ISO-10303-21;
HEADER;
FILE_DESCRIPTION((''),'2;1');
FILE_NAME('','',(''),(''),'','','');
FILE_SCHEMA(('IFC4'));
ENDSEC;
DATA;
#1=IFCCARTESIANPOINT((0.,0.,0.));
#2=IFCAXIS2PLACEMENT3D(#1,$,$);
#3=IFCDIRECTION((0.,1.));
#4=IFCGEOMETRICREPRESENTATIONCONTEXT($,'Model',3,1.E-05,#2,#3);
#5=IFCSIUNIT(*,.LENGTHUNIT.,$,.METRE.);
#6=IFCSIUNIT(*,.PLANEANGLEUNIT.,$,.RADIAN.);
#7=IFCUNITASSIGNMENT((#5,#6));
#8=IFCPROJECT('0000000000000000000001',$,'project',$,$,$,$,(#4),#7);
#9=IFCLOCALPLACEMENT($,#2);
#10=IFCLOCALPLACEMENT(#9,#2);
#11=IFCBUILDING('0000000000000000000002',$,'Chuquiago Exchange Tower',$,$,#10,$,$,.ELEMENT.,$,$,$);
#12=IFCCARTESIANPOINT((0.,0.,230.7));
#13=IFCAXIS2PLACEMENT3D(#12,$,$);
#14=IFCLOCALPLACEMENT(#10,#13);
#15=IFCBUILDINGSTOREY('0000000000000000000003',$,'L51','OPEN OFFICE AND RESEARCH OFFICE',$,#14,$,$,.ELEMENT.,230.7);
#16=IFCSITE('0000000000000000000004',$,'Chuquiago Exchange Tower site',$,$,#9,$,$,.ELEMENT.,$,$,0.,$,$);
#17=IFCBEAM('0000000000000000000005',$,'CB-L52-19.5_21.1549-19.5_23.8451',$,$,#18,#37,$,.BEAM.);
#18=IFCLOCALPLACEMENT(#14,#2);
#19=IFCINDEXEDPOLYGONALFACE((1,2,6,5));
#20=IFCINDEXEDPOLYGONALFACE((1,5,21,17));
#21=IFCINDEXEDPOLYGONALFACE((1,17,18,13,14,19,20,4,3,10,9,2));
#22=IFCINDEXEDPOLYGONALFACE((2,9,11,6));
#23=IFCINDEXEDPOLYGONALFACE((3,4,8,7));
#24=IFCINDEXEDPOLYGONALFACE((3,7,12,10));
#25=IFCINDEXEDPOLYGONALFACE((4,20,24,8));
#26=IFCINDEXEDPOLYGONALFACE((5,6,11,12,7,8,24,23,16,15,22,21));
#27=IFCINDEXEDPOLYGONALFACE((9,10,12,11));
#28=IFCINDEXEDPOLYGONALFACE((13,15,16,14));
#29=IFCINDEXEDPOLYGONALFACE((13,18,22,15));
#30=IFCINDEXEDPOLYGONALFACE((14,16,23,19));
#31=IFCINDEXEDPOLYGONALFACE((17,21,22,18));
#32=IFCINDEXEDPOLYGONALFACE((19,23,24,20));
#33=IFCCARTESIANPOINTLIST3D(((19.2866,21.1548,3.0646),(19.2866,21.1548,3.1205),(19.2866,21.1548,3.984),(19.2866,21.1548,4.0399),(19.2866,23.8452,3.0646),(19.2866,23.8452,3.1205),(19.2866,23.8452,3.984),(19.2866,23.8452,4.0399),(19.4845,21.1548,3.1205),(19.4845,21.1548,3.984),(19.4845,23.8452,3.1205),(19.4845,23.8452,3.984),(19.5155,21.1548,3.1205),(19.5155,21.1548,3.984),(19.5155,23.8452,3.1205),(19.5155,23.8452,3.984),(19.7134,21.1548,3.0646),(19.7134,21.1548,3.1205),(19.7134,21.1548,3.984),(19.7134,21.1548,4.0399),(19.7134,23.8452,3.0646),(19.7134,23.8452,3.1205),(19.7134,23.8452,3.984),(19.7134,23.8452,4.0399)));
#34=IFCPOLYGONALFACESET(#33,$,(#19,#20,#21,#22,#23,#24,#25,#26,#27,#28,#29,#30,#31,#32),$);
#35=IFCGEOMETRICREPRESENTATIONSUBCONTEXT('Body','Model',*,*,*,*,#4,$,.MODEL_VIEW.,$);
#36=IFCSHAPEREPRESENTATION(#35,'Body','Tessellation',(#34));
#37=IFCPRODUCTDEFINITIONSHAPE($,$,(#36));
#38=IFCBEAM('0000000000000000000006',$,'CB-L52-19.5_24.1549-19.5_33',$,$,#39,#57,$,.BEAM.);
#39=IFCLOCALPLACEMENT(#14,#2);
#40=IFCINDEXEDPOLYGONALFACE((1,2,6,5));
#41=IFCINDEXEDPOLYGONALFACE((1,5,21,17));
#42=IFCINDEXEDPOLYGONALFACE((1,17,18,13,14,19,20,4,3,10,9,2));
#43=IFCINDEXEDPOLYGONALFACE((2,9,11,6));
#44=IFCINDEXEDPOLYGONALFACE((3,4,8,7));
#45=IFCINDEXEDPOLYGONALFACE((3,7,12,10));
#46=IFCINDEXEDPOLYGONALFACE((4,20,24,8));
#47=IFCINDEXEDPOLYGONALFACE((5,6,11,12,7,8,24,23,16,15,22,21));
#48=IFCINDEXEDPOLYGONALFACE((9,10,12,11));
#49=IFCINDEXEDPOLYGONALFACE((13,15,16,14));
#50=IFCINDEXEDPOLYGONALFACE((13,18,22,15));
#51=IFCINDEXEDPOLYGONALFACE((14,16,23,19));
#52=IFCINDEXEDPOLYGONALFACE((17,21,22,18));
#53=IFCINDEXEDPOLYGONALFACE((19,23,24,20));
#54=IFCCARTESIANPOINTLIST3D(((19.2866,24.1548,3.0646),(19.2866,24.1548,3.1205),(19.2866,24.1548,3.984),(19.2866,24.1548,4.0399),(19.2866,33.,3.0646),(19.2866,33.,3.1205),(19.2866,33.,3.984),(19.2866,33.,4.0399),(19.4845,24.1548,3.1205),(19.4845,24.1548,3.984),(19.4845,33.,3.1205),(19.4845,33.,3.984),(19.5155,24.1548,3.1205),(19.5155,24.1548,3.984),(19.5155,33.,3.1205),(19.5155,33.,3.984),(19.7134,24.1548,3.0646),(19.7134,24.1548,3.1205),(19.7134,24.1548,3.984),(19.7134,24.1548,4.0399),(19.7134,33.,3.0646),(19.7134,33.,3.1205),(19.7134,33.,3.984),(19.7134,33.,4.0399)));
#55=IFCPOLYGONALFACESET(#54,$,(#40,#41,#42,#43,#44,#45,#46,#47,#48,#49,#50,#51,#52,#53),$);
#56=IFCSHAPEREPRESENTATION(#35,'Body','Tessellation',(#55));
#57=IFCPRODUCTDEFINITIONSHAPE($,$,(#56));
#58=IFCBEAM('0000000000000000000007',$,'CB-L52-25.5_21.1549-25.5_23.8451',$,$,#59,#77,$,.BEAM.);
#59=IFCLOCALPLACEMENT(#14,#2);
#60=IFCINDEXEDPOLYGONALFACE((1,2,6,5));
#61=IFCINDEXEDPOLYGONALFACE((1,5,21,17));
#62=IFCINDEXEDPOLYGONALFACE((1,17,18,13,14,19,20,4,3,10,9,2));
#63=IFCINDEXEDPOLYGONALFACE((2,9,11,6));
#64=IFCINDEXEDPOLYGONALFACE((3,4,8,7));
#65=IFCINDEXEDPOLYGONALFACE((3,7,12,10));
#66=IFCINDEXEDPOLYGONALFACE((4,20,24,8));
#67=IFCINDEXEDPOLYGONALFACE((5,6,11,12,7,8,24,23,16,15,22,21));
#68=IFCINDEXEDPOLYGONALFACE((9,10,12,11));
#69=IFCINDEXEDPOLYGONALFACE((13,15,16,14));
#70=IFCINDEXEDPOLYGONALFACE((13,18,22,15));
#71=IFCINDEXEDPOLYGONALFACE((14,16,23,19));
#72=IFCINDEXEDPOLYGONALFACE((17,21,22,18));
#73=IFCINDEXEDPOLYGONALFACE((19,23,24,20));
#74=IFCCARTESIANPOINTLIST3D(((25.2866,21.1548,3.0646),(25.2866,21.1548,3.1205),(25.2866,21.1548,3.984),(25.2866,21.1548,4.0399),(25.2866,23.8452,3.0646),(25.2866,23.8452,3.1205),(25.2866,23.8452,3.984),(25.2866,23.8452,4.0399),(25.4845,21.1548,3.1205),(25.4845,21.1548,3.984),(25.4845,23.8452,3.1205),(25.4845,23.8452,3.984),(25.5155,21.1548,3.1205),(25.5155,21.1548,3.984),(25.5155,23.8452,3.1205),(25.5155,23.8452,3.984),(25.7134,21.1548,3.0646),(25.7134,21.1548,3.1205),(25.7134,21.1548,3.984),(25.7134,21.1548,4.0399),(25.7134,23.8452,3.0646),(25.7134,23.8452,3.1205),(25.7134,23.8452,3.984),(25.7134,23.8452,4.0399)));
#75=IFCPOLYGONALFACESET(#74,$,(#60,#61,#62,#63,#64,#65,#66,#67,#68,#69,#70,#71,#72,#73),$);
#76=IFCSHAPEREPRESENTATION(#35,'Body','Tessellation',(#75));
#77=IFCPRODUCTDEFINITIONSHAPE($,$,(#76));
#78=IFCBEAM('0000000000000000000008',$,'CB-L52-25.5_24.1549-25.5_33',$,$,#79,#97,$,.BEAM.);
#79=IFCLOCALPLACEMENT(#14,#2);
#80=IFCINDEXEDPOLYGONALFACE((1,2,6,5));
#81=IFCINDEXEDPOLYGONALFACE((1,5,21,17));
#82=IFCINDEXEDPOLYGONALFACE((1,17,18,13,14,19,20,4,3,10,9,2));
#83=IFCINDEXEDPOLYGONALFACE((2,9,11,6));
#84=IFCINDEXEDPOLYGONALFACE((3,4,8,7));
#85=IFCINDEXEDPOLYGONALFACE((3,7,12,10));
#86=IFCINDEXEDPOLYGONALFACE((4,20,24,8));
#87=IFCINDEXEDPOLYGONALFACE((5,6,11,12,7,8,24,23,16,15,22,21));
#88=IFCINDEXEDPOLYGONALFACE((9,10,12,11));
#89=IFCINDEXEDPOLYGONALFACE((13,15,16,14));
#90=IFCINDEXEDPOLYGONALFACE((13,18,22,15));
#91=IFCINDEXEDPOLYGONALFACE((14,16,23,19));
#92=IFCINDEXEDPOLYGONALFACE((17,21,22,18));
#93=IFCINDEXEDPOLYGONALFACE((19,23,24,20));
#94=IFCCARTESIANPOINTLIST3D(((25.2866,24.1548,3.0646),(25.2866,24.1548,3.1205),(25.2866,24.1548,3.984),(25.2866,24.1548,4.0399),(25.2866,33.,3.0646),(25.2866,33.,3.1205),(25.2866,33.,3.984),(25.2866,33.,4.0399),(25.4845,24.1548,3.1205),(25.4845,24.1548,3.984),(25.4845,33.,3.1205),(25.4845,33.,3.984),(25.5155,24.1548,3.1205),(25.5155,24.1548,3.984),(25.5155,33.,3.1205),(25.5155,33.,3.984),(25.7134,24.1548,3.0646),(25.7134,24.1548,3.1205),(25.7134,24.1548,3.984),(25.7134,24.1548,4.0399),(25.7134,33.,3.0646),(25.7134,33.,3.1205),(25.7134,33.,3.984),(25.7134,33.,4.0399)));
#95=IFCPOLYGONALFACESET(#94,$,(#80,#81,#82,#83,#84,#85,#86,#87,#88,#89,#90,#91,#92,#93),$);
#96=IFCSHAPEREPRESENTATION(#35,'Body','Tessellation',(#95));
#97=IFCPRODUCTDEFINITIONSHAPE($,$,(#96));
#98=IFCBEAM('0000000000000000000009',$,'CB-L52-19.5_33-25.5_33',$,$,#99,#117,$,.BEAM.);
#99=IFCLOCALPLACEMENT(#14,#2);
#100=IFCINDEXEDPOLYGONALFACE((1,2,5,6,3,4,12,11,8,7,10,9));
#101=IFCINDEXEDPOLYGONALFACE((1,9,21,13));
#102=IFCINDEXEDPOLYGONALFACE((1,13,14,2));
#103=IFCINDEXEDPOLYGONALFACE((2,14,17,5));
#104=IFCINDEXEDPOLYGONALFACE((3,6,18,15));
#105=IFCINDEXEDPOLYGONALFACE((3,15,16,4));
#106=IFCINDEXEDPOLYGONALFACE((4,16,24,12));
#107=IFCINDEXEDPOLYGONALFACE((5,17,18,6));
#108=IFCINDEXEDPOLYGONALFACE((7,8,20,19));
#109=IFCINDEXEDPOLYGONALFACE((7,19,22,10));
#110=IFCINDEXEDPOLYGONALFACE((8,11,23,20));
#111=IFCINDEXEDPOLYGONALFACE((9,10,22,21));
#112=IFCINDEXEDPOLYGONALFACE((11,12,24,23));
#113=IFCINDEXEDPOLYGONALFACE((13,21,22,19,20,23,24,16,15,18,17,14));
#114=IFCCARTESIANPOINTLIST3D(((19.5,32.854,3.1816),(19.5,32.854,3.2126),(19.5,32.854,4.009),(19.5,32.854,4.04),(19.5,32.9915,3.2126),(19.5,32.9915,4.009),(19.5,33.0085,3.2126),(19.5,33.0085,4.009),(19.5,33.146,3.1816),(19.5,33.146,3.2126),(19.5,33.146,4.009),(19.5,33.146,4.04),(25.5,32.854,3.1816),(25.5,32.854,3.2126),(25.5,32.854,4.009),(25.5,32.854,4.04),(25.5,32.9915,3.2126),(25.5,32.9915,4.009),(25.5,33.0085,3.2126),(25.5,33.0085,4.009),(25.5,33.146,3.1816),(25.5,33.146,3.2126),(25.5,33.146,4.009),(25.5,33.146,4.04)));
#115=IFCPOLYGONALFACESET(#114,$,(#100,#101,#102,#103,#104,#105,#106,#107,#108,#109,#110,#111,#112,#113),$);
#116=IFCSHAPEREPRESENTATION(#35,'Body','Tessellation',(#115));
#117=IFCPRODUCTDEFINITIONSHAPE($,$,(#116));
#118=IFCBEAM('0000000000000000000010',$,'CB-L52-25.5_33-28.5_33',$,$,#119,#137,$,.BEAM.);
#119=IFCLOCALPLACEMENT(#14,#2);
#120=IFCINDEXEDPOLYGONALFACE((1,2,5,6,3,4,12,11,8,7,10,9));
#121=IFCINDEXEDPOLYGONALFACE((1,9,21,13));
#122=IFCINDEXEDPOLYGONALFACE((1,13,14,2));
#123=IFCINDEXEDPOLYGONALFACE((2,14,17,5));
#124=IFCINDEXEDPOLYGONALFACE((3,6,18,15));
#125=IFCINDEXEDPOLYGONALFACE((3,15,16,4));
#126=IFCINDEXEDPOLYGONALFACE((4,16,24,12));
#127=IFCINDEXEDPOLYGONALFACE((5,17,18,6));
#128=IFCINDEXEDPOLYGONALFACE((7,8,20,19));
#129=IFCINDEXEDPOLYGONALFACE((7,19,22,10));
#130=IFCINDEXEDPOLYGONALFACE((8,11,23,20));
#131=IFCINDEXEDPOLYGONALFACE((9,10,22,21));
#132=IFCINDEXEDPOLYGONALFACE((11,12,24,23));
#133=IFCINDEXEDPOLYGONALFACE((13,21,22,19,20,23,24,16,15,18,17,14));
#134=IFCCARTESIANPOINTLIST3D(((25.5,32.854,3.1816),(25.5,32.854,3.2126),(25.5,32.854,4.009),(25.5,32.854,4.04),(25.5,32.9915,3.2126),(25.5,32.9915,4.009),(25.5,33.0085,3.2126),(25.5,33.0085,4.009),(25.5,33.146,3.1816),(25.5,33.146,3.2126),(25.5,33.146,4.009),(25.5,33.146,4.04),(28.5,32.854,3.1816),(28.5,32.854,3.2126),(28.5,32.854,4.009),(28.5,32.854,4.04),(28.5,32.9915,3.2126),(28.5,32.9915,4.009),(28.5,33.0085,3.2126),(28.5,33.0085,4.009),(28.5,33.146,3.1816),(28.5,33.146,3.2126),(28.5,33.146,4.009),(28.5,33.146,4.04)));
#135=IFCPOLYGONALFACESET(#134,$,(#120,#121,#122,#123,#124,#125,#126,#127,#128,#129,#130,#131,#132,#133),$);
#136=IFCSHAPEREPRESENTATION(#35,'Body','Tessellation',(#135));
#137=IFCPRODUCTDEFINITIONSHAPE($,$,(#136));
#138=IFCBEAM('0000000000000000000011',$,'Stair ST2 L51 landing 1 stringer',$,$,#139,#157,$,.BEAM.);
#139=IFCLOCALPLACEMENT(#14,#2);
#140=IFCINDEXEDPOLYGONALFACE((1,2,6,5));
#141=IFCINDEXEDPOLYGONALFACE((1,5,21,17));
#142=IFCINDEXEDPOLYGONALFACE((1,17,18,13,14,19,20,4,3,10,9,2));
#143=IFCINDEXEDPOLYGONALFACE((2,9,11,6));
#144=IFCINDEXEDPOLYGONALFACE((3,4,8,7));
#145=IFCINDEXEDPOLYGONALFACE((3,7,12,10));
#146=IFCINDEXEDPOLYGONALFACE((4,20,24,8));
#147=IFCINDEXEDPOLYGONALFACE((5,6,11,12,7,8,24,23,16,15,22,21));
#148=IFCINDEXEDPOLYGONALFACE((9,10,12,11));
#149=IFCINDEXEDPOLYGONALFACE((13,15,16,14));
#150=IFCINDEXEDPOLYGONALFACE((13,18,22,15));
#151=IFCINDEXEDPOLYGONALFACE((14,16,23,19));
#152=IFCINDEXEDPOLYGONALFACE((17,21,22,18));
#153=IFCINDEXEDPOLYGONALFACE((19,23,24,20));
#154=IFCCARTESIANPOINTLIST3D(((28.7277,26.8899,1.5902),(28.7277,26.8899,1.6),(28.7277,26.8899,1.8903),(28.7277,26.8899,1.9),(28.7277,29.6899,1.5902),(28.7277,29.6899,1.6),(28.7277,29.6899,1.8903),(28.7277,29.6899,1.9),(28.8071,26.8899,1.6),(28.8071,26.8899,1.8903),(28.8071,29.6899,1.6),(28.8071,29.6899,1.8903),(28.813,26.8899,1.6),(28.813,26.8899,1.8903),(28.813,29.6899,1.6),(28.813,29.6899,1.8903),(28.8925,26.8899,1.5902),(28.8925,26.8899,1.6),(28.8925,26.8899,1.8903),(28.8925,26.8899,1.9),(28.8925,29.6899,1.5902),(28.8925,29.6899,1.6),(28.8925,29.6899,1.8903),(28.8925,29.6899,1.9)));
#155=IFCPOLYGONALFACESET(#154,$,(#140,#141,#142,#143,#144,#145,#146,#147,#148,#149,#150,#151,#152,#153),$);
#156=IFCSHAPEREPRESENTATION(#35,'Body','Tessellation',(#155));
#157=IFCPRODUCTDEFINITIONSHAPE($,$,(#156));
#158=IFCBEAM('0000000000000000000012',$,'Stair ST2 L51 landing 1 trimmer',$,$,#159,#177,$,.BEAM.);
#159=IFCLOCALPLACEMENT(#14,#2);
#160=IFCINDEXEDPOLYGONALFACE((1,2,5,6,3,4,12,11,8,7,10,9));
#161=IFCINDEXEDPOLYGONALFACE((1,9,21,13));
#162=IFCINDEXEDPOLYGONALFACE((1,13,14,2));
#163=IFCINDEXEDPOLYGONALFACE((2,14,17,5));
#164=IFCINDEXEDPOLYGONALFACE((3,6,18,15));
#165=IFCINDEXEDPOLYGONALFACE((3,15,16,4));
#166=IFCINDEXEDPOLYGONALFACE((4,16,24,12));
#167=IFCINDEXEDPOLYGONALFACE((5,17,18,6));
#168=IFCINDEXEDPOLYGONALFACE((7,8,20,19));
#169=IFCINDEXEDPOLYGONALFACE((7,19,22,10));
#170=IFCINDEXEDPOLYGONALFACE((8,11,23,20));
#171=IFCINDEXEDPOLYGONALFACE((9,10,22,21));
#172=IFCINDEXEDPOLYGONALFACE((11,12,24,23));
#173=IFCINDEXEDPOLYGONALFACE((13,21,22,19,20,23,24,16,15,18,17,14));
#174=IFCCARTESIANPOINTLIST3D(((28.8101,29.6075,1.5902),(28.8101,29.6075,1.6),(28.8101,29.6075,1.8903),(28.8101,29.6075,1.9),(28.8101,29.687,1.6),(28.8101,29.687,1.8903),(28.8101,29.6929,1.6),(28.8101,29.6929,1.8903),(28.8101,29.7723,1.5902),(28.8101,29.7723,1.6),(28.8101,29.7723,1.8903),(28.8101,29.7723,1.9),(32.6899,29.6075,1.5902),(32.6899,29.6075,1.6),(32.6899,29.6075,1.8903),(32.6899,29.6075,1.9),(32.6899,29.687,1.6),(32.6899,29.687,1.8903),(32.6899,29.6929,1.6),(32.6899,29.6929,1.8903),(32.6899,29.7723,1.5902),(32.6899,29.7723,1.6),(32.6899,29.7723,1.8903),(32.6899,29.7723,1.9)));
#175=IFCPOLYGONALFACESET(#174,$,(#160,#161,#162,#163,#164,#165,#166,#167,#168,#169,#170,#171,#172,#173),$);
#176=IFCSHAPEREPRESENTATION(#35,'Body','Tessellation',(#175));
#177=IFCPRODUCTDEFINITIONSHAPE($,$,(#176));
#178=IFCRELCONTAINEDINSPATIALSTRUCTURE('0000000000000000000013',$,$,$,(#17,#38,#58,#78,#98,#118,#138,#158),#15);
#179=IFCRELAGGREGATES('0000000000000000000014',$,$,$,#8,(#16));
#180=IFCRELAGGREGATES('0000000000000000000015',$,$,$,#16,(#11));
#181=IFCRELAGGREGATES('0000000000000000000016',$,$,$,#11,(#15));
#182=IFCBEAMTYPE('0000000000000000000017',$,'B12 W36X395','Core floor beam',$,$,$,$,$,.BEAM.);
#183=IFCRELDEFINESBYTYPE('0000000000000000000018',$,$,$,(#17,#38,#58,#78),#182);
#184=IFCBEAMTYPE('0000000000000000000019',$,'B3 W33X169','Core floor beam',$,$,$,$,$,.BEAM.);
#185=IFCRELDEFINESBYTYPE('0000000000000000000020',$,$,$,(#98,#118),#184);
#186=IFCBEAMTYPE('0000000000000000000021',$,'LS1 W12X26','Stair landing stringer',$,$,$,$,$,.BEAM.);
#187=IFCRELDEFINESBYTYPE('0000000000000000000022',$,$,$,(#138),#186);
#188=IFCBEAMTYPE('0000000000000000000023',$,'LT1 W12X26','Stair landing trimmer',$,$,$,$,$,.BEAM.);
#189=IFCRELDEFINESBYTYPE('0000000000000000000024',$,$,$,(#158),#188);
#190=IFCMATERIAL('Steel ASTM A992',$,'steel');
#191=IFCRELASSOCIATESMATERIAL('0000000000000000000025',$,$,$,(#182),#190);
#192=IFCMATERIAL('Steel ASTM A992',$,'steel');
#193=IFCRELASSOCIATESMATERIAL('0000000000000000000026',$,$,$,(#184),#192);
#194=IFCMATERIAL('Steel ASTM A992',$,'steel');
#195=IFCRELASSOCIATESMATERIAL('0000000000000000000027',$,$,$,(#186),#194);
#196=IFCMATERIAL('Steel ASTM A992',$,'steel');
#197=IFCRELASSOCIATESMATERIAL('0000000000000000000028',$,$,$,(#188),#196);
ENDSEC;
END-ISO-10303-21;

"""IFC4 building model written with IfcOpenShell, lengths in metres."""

from ifc_helpers import new_model, si_unit, direction, frame, origin, origin_2d, place, context, subcontext, project, spatial, i_section, extrude, material, material_profile, profile_set, type_object, element, save


model = new_model("IFC4")

# Units and contexts
model_context = context("Model", 3, precision=1e-05, world=origin(), true_north=direction((0.0, 1.0)))
body_context = subcontext(model_context, "Body", "Model", "MODEL_VIEW")
ifc_project = project(units=[si_unit("LENGTHUNIT", "METRE"), si_unit("PLANEANGLEUNIT", "RADIAN")], contexts=[model_context])

# Site, building, storey
site_placement = place(None, origin())
site = spatial("IfcSite", under=ifc_project, at=site_placement, Name="Chuquiago Exchange Tower site", CompositionType="ELEMENT", RefElevation=0.0)
building_placement = place(site_placement, origin())
building = spatial("IfcBuilding", under=site, at=building_placement, Name="Chuquiago Exchange Tower", CompositionType="ELEMENT")
storey_placement = place(building_placement, frame((0.0, 0.0, 230.7)))
storey = spatial("IfcBuildingStorey", under=building, at=storey_placement, Name="L51", Description="OPEN OFFICE AND RESEARCH OFFICE", CompositionType="ELEMENT", Elevation=230.7)

# Beams
ifc_material_1 = material(Name="Steel ASTM A992", Category="steel")
ifc_material_profile_1 = material_profile(ifc_material_1, i_section(OverallWidth=0.4268, OverallDepth=0.9753, WebThickness=0.031, FlangeThickness=0.0559, at=origin_2d()), Name="W36X395")
ifc_profile_set_1 = profile_set([ifc_material_profile_1], Name="Steel ASTM A992")
beam_type_1 = type_object("IfcBeamType", Name="B12 W36X395", Description="Core floor beam", PredefinedType="BEAM", material=ifc_profile_set_1)
beam_1_placement = place(storey_placement, frame((19.5, 21.1548, 3.5522), z_axis=(0.0, 1.0, 0.0), x_axis=(-1.0, 0.0, 0.0)))
element("IfcBeam", 1, at=beam_1_placement, inside=storey, type_object=beam_type_1, Name="CB-L52-19.5_21.1549-19.5_23.8451", PredefinedType="BEAM", context=body_context, shape_type="SweptSolid", body=[
    extrude(i_section(OverallWidth=0.4268, OverallDepth=0.9753, WebThickness=0.031, FlangeThickness=0.0559, at=origin_2d()), origin(), (0.0, 0.0, 1.0), 2.6904),
])
beam_2_placement = place(storey_placement, frame((19.5, 24.1548, 3.5522), z_axis=(0.0, 1.0, 0.0), x_axis=(-1.0, 0.0, 0.0)))
element("IfcBeam", 2, at=beam_2_placement, inside=storey, type_object=beam_type_1, Name="CB-L52-19.5_24.1549-19.5_33", PredefinedType="BEAM", context=body_context, shape_type="SweptSolid", body=[
    extrude(i_section(OverallWidth=0.4268, OverallDepth=0.9753, WebThickness=0.031, FlangeThickness=0.0559, at=origin_2d()), origin(), (0.0, 0.0, 1.0), 8.8452),
])
beam_3_placement = place(storey_placement, frame((25.5, 21.1548, 3.5522), z_axis=(0.0, 1.0, 0.0), x_axis=(-1.0, 0.0, 0.0)))
element("IfcBeam", 3, at=beam_3_placement, inside=storey, type_object=beam_type_1, Name="CB-L52-25.5_21.1549-25.5_23.8451", PredefinedType="BEAM", context=body_context, shape_type="SweptSolid", body=[
    extrude(i_section(OverallWidth=0.4268, OverallDepth=0.9753, WebThickness=0.031, FlangeThickness=0.0559, at=origin_2d()), origin(), (0.0, 0.0, 1.0), 2.6904),
])
beam_4_placement = place(storey_placement, frame((25.5, 24.1548, 3.5522), z_axis=(0.0, 1.0, 0.0), x_axis=(-1.0, 0.0, 0.0)))
element("IfcBeam", 4, at=beam_4_placement, inside=storey, type_object=beam_type_1, Name="CB-L52-25.5_24.1549-25.5_33", PredefinedType="BEAM", context=body_context, shape_type="SweptSolid", body=[
    extrude(i_section(OverallWidth=0.4268, OverallDepth=0.9753, WebThickness=0.031, FlangeThickness=0.0559, at=origin_2d()), origin(), (0.0, 0.0, 1.0), 8.8452),
])
ifc_material_2 = material(Name="Steel ASTM A992", Category="steel")
ifc_material_profile_2 = material_profile(ifc_material_2, i_section(OverallWidth=0.292, OverallDepth=0.8584, WebThickness=0.0171, FlangeThickness=0.031, at=origin_2d()), Name="W33X169")
ifc_profile_set_2 = profile_set([ifc_material_profile_2], Name="Steel ASTM A992")
beam_type_2 = type_object("IfcBeamType", Name="B3 W33X169", Description="Core floor beam", PredefinedType="BEAM", material=ifc_profile_set_2)
beam_5_placement = place(storey_placement, frame((19.5, 33.0, 3.6108), z_axis=(1.0, 0.0, 0.0), x_axis=(0.0, 1.0, 0.0)))
element("IfcBeam", 5, at=beam_5_placement, inside=storey, type_object=beam_type_2, Name="CB-L52-19.5_33-25.5_33", PredefinedType="BEAM", context=body_context, shape_type="SweptSolid", body=[
    extrude(i_section(OverallWidth=0.292, OverallDepth=0.8584, WebThickness=0.0171, FlangeThickness=0.031, at=origin_2d()), origin(), (0.0, 0.0, 1.0), 6.0),
])
beam_6_placement = place(storey_placement, frame((25.5, 33.0, 3.6108), z_axis=(1.0, 0.0, 0.0), x_axis=(0.0, 1.0, 0.0)))
element("IfcBeam", 6, at=beam_6_placement, inside=storey, type_object=beam_type_2, Name="CB-L52-25.5_33-28.5_33", PredefinedType="BEAM", context=body_context, shape_type="SweptSolid", body=[
    extrude(i_section(OverallWidth=0.292, OverallDepth=0.8584, WebThickness=0.0171, FlangeThickness=0.031, at=origin_2d()), origin(), (0.0, 0.0, 1.0), 3.0),
])
ifc_material_3 = material(Name="Steel ASTM A992", Category="steel")
ifc_material_profile_3 = material_profile(ifc_material_3, i_section(OverallWidth=0.1648, OverallDepth=0.3098, WebThickness=0.0059, FlangeThickness=0.0098, at=origin_2d()), Name="W12X26")
ifc_profile_set_3 = profile_set([ifc_material_profile_3], Name="Steel ASTM A992")
beam_type_3 = type_object("IfcBeamType", Name="LS1 W12X26", Description="Stair landing stringer", PredefinedType="BEAM", material=ifc_profile_set_3)
beam_7_placement = place(storey_placement, frame((28.8101, 26.8899, 1.7451), z_axis=(0.0, 1.0, 0.0), x_axis=(-1.0, 0.0, 0.0)))
element("IfcBeam", 7, at=beam_7_placement, inside=storey, type_object=beam_type_3, Name="Stair ST2 L51 landing 1 stringer", PredefinedType="BEAM", context=body_context, shape_type="SweptSolid", body=[
    extrude(i_section(OverallWidth=0.1648, OverallDepth=0.3098, WebThickness=0.0059, FlangeThickness=0.0098, at=origin_2d()), origin(), (0.0, 0.0, 1.0), 2.8),
])
ifc_material_4 = material(Name="Steel ASTM A992", Category="steel")
ifc_material_profile_4 = material_profile(ifc_material_4, i_section(OverallWidth=0.1648, OverallDepth=0.3098, WebThickness=0.0059, FlangeThickness=0.0098, at=origin_2d()), Name="W12X26")
ifc_profile_set_4 = profile_set([ifc_material_profile_4], Name="Steel ASTM A992")
beam_type_4 = type_object("IfcBeamType", Name="LT1 W12X26", Description="Stair landing trimmer", PredefinedType="BEAM", material=ifc_profile_set_4)
for number, where, z_axis, x_axis, name in (
    (8, (28.8101, 29.6899, 1.7451), (1.0, 0.0, 0.0), (0.0, 1.0, 0.0), "Stair ST2 L51 landing 1 trimmer"),
):
    element("IfcBeam", number, at=place(storey_placement, frame(where, z_axis=z_axis, x_axis=x_axis)), inside=storey, type_object=beam_type_4, Name=name, PredefinedType="BEAM", context=body_context, shape_type="SweptSolid", body=[
        extrude(i_section(OverallWidth=0.1648, OverallDepth=0.3098, WebThickness=0.0059, FlangeThickness=0.0098, at=origin_2d()), origin(), (0.0, 0.0, 1.0), 3.8799),
    ])

save(model, "model.ifc")
